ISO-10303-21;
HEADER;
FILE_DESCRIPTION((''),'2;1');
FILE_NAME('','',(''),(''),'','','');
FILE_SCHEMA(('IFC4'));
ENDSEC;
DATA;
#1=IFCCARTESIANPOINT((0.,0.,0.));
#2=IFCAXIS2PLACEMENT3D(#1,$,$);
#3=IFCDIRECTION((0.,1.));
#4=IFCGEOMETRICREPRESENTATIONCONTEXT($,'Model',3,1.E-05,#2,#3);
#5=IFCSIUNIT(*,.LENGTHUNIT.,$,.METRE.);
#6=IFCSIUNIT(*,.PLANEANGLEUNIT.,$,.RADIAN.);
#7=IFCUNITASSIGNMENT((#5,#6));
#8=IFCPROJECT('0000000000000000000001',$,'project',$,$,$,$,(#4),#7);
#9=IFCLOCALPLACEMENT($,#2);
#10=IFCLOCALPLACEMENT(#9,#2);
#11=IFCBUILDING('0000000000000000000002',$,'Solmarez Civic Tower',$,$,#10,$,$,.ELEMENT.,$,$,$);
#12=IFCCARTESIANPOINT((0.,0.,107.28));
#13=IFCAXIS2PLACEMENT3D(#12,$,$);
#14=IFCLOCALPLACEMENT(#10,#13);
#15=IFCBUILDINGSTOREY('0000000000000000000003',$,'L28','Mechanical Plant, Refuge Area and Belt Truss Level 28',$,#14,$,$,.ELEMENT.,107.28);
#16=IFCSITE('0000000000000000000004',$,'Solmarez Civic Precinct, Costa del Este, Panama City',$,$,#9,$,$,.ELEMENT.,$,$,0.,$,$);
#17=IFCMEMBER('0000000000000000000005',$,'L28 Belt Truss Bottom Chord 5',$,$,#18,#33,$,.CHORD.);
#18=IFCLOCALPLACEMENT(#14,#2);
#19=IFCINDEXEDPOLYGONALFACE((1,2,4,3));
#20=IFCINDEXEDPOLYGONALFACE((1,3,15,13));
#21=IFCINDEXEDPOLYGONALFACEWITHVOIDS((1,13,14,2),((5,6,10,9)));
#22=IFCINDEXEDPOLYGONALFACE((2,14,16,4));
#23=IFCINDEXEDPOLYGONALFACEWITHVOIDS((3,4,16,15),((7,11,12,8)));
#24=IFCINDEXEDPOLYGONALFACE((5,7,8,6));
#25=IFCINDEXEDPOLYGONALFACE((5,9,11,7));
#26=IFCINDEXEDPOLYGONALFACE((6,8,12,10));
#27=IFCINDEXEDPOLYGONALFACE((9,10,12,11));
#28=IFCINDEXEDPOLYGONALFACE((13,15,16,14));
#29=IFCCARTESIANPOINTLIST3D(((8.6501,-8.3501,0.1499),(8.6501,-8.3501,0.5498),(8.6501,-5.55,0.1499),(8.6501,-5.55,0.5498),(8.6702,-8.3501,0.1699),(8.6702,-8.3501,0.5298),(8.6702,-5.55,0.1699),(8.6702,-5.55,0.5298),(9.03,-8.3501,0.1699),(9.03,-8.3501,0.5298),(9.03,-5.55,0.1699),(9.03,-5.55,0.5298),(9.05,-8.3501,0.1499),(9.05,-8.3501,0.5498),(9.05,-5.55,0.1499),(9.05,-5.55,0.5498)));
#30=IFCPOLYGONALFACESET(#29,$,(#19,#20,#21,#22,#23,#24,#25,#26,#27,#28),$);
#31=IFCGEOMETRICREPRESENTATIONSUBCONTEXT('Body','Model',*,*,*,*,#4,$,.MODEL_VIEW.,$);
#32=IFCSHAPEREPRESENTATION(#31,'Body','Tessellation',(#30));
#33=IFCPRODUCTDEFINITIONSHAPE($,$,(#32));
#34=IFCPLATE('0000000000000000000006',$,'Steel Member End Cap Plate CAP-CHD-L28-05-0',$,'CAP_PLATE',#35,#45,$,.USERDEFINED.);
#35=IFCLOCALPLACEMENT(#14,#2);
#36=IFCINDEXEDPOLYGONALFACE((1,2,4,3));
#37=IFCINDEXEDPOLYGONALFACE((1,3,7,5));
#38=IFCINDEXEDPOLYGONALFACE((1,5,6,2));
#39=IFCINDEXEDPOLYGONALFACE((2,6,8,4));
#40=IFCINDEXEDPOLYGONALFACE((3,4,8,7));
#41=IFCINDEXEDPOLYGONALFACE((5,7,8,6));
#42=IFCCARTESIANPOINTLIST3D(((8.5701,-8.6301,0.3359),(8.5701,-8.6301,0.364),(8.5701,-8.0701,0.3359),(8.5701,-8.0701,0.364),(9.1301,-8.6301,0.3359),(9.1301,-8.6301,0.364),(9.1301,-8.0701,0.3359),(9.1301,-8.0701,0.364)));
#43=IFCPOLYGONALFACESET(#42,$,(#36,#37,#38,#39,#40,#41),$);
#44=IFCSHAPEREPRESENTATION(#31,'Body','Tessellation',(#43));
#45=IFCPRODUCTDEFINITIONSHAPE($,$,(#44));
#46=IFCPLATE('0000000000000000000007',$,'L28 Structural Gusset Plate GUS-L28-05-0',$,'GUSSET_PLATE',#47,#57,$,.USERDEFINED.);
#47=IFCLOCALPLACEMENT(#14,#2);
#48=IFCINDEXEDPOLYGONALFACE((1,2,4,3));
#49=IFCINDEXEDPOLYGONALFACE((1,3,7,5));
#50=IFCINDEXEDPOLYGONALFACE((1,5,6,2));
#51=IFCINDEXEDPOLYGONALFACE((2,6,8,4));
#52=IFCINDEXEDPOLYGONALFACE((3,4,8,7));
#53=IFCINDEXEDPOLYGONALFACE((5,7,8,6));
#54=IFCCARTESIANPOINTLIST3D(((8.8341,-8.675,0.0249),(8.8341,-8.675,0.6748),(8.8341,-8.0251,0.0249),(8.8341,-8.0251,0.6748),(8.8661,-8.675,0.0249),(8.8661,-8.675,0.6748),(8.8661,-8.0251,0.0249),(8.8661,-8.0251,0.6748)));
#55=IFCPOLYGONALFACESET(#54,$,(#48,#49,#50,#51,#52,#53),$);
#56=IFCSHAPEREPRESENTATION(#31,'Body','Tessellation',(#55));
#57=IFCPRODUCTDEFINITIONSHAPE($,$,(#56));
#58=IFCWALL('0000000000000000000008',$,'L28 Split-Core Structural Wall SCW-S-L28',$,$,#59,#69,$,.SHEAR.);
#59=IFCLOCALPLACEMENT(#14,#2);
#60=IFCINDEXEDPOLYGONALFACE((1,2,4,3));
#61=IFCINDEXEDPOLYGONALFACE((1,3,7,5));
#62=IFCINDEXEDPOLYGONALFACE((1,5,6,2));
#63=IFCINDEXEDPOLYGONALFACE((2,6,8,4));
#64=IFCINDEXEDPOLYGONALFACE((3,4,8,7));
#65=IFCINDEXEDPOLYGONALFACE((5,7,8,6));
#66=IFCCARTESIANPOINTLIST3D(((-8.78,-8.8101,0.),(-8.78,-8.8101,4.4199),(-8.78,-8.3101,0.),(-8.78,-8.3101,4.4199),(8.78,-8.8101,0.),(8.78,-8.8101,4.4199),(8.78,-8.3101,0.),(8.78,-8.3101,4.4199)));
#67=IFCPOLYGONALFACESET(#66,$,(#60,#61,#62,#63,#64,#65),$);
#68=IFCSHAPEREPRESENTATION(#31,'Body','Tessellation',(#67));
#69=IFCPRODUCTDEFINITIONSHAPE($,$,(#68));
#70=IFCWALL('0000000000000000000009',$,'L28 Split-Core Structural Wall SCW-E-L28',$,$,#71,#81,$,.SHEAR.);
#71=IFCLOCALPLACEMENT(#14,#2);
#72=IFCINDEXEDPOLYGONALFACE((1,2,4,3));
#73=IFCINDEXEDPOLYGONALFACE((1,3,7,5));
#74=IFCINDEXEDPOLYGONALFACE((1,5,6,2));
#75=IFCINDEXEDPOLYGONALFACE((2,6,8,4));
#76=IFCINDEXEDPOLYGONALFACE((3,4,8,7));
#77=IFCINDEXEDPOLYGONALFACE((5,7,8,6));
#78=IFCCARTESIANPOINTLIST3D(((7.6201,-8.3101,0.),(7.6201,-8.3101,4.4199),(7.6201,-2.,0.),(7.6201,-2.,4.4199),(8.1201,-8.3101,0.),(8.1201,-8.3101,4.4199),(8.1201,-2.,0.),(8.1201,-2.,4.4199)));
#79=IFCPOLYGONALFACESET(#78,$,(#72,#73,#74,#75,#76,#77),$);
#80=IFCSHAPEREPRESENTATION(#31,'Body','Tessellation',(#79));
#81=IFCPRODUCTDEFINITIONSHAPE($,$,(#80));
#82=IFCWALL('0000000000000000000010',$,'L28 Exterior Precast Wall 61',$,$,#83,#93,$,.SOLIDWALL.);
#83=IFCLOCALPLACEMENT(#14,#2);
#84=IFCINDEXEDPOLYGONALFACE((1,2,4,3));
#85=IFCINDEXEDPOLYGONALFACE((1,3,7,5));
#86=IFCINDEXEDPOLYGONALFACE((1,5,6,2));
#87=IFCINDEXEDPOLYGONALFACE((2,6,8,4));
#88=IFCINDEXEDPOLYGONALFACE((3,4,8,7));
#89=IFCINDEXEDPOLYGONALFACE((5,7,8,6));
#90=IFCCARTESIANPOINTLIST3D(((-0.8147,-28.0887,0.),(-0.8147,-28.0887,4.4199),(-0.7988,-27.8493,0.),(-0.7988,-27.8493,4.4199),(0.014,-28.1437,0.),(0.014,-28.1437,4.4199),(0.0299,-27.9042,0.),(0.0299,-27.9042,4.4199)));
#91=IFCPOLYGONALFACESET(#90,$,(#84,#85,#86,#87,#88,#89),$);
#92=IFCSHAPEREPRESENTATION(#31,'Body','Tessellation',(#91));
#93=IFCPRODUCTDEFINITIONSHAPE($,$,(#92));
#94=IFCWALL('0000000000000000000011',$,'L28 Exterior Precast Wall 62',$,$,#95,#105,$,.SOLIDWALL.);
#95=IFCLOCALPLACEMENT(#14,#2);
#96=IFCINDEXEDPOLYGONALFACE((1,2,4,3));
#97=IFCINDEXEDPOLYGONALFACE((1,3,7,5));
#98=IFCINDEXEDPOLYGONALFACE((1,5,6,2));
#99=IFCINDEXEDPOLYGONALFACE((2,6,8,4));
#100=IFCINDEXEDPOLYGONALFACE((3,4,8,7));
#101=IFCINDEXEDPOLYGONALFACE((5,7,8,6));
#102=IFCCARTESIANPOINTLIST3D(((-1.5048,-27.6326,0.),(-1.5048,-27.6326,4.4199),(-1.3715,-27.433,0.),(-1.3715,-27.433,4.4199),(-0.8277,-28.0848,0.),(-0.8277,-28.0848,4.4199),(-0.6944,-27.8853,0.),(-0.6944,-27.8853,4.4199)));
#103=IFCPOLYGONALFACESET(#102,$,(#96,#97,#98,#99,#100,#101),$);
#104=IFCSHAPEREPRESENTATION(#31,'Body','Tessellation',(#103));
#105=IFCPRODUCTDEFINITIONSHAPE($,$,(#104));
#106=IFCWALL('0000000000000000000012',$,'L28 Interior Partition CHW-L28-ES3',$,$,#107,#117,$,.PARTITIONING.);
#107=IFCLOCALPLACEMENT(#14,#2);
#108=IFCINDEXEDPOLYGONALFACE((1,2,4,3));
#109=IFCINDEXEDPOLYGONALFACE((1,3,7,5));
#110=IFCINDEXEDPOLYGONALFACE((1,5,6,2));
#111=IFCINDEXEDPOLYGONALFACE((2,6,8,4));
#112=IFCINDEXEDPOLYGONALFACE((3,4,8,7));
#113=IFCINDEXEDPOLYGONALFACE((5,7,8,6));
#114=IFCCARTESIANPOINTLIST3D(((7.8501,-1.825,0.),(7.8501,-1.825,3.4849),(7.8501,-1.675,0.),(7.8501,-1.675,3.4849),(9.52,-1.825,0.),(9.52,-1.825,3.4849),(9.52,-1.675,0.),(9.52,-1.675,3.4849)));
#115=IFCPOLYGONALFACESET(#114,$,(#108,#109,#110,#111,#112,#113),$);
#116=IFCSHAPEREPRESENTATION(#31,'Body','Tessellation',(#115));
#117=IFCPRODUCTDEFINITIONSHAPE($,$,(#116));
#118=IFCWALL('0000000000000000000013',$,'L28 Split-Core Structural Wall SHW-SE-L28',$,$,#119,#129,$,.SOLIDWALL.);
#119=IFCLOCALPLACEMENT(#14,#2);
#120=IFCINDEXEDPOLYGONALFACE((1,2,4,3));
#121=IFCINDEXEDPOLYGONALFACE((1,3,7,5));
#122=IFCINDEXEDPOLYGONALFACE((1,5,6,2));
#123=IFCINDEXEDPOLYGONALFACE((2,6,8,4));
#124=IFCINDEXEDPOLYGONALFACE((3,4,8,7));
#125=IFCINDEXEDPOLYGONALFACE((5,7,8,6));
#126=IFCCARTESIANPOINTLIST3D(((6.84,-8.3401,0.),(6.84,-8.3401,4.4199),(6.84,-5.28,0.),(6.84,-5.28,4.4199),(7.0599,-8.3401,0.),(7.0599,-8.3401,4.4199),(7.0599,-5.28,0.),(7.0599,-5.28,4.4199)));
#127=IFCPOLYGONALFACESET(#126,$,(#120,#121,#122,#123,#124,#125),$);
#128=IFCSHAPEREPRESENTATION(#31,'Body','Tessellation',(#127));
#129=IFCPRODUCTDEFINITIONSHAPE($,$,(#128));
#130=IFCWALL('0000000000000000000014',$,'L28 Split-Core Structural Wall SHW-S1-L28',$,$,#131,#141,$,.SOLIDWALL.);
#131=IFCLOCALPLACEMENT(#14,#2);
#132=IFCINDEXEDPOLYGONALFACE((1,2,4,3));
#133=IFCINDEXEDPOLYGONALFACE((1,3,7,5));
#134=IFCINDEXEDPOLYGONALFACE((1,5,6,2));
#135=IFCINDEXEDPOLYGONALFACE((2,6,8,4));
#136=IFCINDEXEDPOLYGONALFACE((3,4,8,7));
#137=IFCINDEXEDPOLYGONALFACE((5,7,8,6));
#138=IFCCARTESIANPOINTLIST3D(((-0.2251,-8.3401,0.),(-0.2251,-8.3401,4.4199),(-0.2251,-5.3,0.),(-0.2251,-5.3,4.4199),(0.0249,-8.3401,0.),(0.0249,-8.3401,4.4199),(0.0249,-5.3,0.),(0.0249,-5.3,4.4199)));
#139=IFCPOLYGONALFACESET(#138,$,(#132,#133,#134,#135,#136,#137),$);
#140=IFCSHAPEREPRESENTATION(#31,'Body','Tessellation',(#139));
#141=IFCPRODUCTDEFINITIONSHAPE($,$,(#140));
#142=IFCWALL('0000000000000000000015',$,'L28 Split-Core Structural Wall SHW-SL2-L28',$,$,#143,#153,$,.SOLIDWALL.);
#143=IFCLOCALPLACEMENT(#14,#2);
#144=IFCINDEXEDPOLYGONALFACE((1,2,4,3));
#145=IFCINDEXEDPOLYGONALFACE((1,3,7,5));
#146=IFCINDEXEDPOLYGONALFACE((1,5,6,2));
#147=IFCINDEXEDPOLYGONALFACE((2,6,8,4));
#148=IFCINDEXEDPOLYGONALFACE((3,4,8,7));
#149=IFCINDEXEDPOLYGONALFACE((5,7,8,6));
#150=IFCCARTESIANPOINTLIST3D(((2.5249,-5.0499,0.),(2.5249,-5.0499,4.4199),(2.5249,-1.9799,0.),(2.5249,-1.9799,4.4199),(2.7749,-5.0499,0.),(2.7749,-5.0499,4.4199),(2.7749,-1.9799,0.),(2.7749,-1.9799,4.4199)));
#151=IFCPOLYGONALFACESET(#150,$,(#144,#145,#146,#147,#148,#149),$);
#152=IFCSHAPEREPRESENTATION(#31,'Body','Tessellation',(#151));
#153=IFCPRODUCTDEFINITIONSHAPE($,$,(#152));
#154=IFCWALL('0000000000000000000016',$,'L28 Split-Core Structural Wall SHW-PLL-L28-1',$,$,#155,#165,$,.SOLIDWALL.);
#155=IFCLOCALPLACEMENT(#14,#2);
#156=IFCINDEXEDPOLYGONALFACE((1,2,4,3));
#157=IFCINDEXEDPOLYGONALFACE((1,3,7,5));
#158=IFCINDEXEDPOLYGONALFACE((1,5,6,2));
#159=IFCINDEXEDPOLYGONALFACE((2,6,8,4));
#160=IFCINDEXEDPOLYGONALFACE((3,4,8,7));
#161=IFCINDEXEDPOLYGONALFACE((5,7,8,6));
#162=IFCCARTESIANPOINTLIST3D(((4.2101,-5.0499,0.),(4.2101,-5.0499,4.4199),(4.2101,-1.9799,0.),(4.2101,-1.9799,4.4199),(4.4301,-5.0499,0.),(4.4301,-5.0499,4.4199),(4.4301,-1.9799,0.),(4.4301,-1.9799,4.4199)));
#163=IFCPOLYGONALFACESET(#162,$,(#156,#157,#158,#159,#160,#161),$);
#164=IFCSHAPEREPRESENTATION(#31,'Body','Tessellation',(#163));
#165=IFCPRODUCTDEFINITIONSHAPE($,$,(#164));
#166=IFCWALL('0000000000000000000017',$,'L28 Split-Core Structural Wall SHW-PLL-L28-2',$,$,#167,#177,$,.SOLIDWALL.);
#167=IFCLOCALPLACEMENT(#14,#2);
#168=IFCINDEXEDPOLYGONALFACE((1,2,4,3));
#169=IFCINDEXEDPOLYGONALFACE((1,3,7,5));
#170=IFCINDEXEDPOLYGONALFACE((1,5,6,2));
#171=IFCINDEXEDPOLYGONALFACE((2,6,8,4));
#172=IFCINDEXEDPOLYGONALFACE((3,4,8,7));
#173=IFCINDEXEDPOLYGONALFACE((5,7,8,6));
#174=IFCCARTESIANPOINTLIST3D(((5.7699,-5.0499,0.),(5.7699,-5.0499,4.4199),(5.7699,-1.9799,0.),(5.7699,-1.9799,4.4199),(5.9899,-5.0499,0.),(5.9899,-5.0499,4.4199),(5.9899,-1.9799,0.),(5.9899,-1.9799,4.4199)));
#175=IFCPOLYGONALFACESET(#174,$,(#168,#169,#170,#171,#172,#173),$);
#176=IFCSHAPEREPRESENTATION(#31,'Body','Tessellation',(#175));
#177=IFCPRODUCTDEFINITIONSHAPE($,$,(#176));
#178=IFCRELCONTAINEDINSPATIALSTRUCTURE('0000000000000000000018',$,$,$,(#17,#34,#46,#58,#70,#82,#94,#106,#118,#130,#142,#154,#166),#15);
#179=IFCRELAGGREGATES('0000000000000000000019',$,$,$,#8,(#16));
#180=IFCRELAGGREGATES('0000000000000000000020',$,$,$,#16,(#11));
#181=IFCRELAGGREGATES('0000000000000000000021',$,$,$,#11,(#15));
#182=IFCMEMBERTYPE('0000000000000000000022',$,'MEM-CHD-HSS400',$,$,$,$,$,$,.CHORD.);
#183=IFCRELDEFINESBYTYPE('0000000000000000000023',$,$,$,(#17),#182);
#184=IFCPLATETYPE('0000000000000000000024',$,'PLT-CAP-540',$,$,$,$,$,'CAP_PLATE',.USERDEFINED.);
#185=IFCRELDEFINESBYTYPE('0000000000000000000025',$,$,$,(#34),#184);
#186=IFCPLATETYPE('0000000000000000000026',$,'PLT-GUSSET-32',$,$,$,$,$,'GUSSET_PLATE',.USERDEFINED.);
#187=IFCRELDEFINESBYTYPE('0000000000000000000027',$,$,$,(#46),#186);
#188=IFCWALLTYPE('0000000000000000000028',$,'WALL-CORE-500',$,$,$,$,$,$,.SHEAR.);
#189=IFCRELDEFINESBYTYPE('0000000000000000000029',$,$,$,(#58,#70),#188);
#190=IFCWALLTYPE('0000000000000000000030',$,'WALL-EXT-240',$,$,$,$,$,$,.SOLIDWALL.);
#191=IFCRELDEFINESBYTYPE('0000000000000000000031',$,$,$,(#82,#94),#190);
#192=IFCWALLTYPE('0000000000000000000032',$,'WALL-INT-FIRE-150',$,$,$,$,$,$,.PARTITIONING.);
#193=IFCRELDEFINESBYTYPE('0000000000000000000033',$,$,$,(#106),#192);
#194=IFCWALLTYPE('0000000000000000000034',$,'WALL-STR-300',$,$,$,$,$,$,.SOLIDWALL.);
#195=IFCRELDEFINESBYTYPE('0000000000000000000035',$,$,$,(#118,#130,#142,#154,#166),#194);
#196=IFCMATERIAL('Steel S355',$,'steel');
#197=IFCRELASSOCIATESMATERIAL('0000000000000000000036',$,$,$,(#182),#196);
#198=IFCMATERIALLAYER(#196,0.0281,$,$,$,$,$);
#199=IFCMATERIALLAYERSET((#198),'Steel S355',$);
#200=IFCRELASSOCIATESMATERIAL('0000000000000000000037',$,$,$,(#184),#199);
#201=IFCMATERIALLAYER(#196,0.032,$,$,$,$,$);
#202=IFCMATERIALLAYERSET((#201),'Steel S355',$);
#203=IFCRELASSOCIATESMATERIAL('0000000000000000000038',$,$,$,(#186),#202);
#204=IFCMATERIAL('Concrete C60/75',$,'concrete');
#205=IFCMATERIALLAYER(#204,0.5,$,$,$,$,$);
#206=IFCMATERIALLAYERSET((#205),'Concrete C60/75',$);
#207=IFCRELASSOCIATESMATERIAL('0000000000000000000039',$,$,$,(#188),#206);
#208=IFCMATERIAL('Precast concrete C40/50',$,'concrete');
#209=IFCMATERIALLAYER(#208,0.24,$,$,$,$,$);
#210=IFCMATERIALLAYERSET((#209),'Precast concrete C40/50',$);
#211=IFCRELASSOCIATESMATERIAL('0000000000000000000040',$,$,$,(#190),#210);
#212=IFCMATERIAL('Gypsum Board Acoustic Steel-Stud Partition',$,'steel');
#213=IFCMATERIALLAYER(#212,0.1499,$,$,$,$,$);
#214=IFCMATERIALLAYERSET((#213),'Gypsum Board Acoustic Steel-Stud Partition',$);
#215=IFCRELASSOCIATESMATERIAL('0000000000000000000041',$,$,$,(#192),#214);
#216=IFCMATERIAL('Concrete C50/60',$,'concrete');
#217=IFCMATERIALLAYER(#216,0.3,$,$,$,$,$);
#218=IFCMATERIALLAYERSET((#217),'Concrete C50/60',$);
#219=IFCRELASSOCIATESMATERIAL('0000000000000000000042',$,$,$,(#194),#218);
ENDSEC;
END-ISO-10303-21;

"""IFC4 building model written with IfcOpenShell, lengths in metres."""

from ifc_helpers import new_model, si_unit, direction, frame, frame_2d, origin, origin_2d, place, context, subcontext, project, spatial, rectangle, hollow_rectangle, extrude, material, layer, layer_set, material_profile, profile_set, type_object, element, save


model = new_model("IFC4")

# Units and contexts
model_context = context("Model", 3, precision=1e-05, world=origin(), true_north=direction((0.0, 1.0)))
body_context = subcontext(model_context, "Body", "Model", "MODEL_VIEW")
ifc_project = project(units=[si_unit("LENGTHUNIT", "METRE"), si_unit("PLANEANGLEUNIT", "RADIAN")], contexts=[model_context])

# Site, building, storey
site_placement = place(None, origin())
site = spatial("IfcSite", under=ifc_project, at=site_placement, Name="Solmarez Civic Precinct, Costa del Este, Panama City", CompositionType="ELEMENT", RefElevation=0.0)
building_placement = place(site_placement, origin())
building = spatial("IfcBuilding", under=site, at=building_placement, Name="Solmarez Civic Tower", CompositionType="ELEMENT")
storey_placement = place(building_placement, frame((0.0, 0.0, 107.28)))
storey = spatial("IfcBuildingStorey", under=building, at=storey_placement, Name="L28", Description="Mechanical Plant, Refuge Area and Belt Truss Level 28", CompositionType="ELEMENT", Elevation=107.28)

# Shared definitions
ifc_material_1 = material(Name="Concrete C60/75", Category="concrete")

# Shared definitions
ifc_material_2 = material(Name="Concrete C50/60", Category="concrete")
ifc_material_3 = material(Name="Steel S355", Category="steel")

# Member
ifc_material_profile_1 = material_profile(ifc_material_3, hollow_rectangle(XDim=0.3999, YDim=0.3999, WallThickness=0.02, at=origin_2d()), Name="HSS400X400X20")
ifc_profile_set_1 = profile_set([ifc_material_profile_1], Name="Steel S355")
member_type_1 = type_object("IfcMemberType", Name="MEM-CHD-HSS400", PredefinedType="CHORD", material=ifc_profile_set_1)
member_1_placement = place(storey_placement, frame((8.8501, -8.3501, 0.3499), z_axis=(0.0, 1.0, 0.0), x_axis=(-1.0, 0.0, 0.0)))
element("IfcMember", 1, at=member_1_placement, inside=storey, type_object=member_type_1, Name="L28 Belt Truss Bottom Chord 5", PredefinedType="CHORD", context=body_context, shape_type="SweptSolid", body=[
    extrude(hollow_rectangle(XDim=0.3999, YDim=0.3999, WallThickness=0.02, at=origin_2d()), origin(), (0.0, 0.0, 1.0), 2.8),
])

# Plates
ifc_layer_1 = layer(ifc_material_3, 0.0281)
ifc_layer_set_1 = layer_set([ifc_layer_1], Name="Steel S355")
plate_type_1 = type_object("IfcPlateType", Name="PLT-CAP-540", ElementType="CAP_PLATE", PredefinedType="USERDEFINED", material=ifc_layer_set_1)
plate_1_placement = place(storey_placement, frame((8.8501, -8.3501, 0.3359), z_axis=(0.0, 0.0, 1.0), x_axis=(1.0, 0.0, 0.0)))
element("IfcPlate", 2, at=plate_1_placement, inside=storey, type_object=plate_type_1, Name="Steel Member End Cap Plate CAP-CHD-L28-05-0", ObjectType="CAP_PLATE", PredefinedType="USERDEFINED", context=body_context, shape_type="SweptSolid", body=[
    extrude(rectangle(XDim=0.5601, YDim=0.5601, at=origin_2d()), origin(), (0.0, 0.0, 1.0), 0.0281),
])
ifc_layer_2 = layer(ifc_material_3, 0.032)
ifc_layer_set_2 = layer_set([ifc_layer_2], Name="Steel S355")
plate_type_2 = type_object("IfcPlateType", Name="PLT-GUSSET-32", ElementType="GUSSET_PLATE", PredefinedType="USERDEFINED", material=ifc_layer_set_2)
plate_2_placement = place(storey_placement, frame((8.8501, -8.3501, 0.0249), z_axis=(0.0, 0.0, 1.0), x_axis=(0.0, 1.0, 0.0)))
element("IfcPlate", 3, at=plate_2_placement, inside=storey, type_object=plate_type_2, Name="L28 Structural Gusset Plate GUS-L28-05-0", ObjectType="GUSSET_PLATE", PredefinedType="USERDEFINED", context=body_context, shape_type="SweptSolid", body=[
    extrude(rectangle(XDim=0.6499, YDim=0.032, at=origin_2d()), origin(), (0.0, 0.0, 1.0), 0.6499),
])

# Walls
ifc_layer_3 = layer(ifc_material_1, 0.5)
ifc_layer_set_3 = layer_set([ifc_layer_3], Name="Concrete C60/75")
wall_type_1 = type_object("IfcWallType", Name="WALL-CORE-500", PredefinedType="SHEAR", material=ifc_layer_set_3)
wall_1_placement = place(storey_placement, frame((8.78, -8.5601, 0.0), z_axis=(0.0, 0.0, 1.0), x_axis=(-1.0, 0.0, 0.0)))
element("IfcWall", 4, at=wall_1_placement, inside=storey, type_object=wall_type_1, Name="L28 Split-Core Structural Wall SCW-S-L28", PredefinedType="SHEAR", context=body_context, shape_type="SweptSolid", body=[
    extrude(rectangle(XDim=17.5601, YDim=0.5, at=frame_2d((8.78, 0.0))), origin(), (0.0, 0.0, 1.0), 4.4199),
])
wall_2_placement = place(storey_placement, frame((7.8701, -2.0, 0.0), z_axis=(0.0, 0.0, 1.0), x_axis=(0.0, -1.0, 0.0)))
element("IfcWall", 5, at=wall_2_placement, inside=storey, type_object=wall_type_1, Name="L28 Split-Core Structural Wall SCW-E-L28", PredefinedType="SHEAR", context=body_context, shape_type="SweptSolid", body=[
    extrude(rectangle(XDim=6.3101, YDim=0.5, at=frame_2d((3.155, 0.0))), origin(), (0.0, 0.0, 1.0), 4.4199),
])
ifc_material_4 = material(Name="Precast concrete C40/50", Category="concrete")
ifc_layer_4 = layer(ifc_material_4, 0.24)
ifc_layer_set_4 = layer_set([ifc_layer_4], Name="Precast concrete C40/50")
wall_type_2 = type_object("IfcWallType", Name="WALL-EXT-240", PredefinedType="SOLIDWALL", material=ifc_layer_set_4)
wall_3_placement = place(storey_placement, frame((0.022, -28.0239, 0.0), z_axis=(0.0, 0.0, 1.0), x_axis=(-0.997811, 0.066129, 0.0)))
element("IfcWall", 6, at=wall_3_placement, inside=storey, type_object=wall_type_2, Name="L28 Exterior Precast Wall 61", PredefinedType="SOLIDWALL", context=body_context, shape_type="SweptSolid", body=[
    extrude(rectangle(XDim=0.8306, YDim=0.24, at=frame_2d((0.4153, 0.0))), origin(), (0.0, 0.0, 1.0), 4.4199),
])
wall_4_placement = place(storey_placement, frame((-0.761, -27.9851, 0.0), z_axis=(0.0, 0.0, 1.0), x_axis=(-0.831589, 0.555392, 0.0)))
element("IfcWall", 7, at=wall_4_placement, inside=storey, type_object=wall_type_2, Name="L28 Exterior Precast Wall 62", PredefinedType="SOLIDWALL", context=body_context, shape_type="SweptSolid", body=[
    extrude(rectangle(XDim=0.8142, YDim=0.24, at=frame_2d((0.4072, 0.0))), origin(), (0.0, 0.0, 1.0), 4.4199),
])
ifc_material_5 = material(Name="Gypsum Board Acoustic Steel-Stud Partition", Category="steel")
ifc_layer_5 = layer(ifc_material_5, 0.1499)
ifc_layer_set_5 = layer_set([ifc_layer_5], Name="Gypsum Board Acoustic Steel-Stud Partition")
wall_type_3 = type_object("IfcWallType", Name="WALL-INT-FIRE-150", PredefinedType="PARTITIONING", material=ifc_layer_set_5)
wall_5_placement = place(storey_placement, frame((7.8501, -1.75, 0.0), z_axis=(0.0, 0.0, 1.0), x_axis=(1.0, 0.0, 0.0)))
element("IfcWall", 8, at=wall_5_placement, inside=storey, type_object=wall_type_3, Name="L28 Interior Partition CHW-L28-ES3", PredefinedType="PARTITIONING", context=body_context, shape_type="SweptSolid", body=[
    extrude(rectangle(XDim=1.6699, YDim=0.1499, at=frame_2d((0.835, 0.0))), origin(), (0.0, 0.0, 1.0), 3.4849),
])
ifc_layer_6 = layer(ifc_material_2, 0.3)
ifc_layer_set_6 = layer_set([ifc_layer_6], Name="Concrete C50/60")
wall_type_4 = type_object("IfcWallType", Name="WALL-STR-300", PredefinedType="SOLIDWALL", material=ifc_layer_set_6)
wall_6_placement = place(storey_placement, frame((6.95, -8.3401, 0.0), z_axis=(0.0, 0.0, 1.0), x_axis=(0.0, 1.0, 0.0)))
element("IfcWall", 9, at=wall_6_placement, inside=storey, type_object=wall_type_4, Name="L28 Split-Core Structural Wall SHW-SE-L28", PredefinedType="SOLIDWALL", context=body_context, shape_type="SweptSolid", body=[
    extrude(rectangle(XDim=3.0601, YDim=0.22, at=frame_2d((1.53, 0.0))), origin(), (0.0, 0.0, 1.0), 4.4199),
])
wall_7_placement = place(storey_placement, frame((-0.1001, -8.3401, 0.0), z_axis=(0.0, 0.0, 1.0), x_axis=(0.0, 1.0, 0.0)))
element("IfcWall", 10, at=wall_7_placement, inside=storey, type_object=wall_type_4, Name="L28 Split-Core Structural Wall SHW-S1-L28", PredefinedType="SOLIDWALL", context=body_context, shape_type="SweptSolid", body=[
    extrude(rectangle(XDim=3.04, YDim=0.25, at=frame_2d((1.52, 0.0))), origin(), (0.0, 0.0, 1.0), 4.4199),
])
wall_8_placement = place(storey_placement, frame((2.6499, -5.05, 0.0), z_axis=(0.0, 0.0, 1.0), x_axis=(0.0, 1.0, 0.0)))
element("IfcWall", 11, at=wall_8_placement, inside=storey, type_object=wall_type_4, Name="L28 Split-Core Structural Wall SHW-SL2-L28", PredefinedType="SOLIDWALL", context=body_context, shape_type="SweptSolid", body=[
    extrude(rectangle(XDim=3.0701, YDim=0.25, at=frame_2d((1.5352, 0.0))), origin(), (0.0, 0.0, 1.0), 4.4199),
])
for number, where, z_axis, x_axis, name in (
    (12, (4.3201, -5.05, 0.0), (0.0, 0.0, 1.0), (0.0, 1.0, 0.0), "L28 Split-Core Structural Wall SHW-PLL-L28-1"),
    (13, (5.8799, -5.05, 0.0), (0.0, 0.0, 1.0), (0.0, 1.0, 0.0), "L28 Split-Core Structural Wall SHW-PLL-L28-2"),
):
    element("IfcWall", number, at=place(storey_placement, frame(where, z_axis=z_axis, x_axis=x_axis)), inside=storey, type_object=wall_type_4, Name=name, PredefinedType="SOLIDWALL", context=body_context, shape_type="SweptSolid", body=[
        extrude(rectangle(XDim=3.0701, YDim=0.22, at=frame_2d((1.5352, 0.0))), origin(), (0.0, 0.0, 1.0), 4.4199),
    ])

save(model, "model.ifc")
